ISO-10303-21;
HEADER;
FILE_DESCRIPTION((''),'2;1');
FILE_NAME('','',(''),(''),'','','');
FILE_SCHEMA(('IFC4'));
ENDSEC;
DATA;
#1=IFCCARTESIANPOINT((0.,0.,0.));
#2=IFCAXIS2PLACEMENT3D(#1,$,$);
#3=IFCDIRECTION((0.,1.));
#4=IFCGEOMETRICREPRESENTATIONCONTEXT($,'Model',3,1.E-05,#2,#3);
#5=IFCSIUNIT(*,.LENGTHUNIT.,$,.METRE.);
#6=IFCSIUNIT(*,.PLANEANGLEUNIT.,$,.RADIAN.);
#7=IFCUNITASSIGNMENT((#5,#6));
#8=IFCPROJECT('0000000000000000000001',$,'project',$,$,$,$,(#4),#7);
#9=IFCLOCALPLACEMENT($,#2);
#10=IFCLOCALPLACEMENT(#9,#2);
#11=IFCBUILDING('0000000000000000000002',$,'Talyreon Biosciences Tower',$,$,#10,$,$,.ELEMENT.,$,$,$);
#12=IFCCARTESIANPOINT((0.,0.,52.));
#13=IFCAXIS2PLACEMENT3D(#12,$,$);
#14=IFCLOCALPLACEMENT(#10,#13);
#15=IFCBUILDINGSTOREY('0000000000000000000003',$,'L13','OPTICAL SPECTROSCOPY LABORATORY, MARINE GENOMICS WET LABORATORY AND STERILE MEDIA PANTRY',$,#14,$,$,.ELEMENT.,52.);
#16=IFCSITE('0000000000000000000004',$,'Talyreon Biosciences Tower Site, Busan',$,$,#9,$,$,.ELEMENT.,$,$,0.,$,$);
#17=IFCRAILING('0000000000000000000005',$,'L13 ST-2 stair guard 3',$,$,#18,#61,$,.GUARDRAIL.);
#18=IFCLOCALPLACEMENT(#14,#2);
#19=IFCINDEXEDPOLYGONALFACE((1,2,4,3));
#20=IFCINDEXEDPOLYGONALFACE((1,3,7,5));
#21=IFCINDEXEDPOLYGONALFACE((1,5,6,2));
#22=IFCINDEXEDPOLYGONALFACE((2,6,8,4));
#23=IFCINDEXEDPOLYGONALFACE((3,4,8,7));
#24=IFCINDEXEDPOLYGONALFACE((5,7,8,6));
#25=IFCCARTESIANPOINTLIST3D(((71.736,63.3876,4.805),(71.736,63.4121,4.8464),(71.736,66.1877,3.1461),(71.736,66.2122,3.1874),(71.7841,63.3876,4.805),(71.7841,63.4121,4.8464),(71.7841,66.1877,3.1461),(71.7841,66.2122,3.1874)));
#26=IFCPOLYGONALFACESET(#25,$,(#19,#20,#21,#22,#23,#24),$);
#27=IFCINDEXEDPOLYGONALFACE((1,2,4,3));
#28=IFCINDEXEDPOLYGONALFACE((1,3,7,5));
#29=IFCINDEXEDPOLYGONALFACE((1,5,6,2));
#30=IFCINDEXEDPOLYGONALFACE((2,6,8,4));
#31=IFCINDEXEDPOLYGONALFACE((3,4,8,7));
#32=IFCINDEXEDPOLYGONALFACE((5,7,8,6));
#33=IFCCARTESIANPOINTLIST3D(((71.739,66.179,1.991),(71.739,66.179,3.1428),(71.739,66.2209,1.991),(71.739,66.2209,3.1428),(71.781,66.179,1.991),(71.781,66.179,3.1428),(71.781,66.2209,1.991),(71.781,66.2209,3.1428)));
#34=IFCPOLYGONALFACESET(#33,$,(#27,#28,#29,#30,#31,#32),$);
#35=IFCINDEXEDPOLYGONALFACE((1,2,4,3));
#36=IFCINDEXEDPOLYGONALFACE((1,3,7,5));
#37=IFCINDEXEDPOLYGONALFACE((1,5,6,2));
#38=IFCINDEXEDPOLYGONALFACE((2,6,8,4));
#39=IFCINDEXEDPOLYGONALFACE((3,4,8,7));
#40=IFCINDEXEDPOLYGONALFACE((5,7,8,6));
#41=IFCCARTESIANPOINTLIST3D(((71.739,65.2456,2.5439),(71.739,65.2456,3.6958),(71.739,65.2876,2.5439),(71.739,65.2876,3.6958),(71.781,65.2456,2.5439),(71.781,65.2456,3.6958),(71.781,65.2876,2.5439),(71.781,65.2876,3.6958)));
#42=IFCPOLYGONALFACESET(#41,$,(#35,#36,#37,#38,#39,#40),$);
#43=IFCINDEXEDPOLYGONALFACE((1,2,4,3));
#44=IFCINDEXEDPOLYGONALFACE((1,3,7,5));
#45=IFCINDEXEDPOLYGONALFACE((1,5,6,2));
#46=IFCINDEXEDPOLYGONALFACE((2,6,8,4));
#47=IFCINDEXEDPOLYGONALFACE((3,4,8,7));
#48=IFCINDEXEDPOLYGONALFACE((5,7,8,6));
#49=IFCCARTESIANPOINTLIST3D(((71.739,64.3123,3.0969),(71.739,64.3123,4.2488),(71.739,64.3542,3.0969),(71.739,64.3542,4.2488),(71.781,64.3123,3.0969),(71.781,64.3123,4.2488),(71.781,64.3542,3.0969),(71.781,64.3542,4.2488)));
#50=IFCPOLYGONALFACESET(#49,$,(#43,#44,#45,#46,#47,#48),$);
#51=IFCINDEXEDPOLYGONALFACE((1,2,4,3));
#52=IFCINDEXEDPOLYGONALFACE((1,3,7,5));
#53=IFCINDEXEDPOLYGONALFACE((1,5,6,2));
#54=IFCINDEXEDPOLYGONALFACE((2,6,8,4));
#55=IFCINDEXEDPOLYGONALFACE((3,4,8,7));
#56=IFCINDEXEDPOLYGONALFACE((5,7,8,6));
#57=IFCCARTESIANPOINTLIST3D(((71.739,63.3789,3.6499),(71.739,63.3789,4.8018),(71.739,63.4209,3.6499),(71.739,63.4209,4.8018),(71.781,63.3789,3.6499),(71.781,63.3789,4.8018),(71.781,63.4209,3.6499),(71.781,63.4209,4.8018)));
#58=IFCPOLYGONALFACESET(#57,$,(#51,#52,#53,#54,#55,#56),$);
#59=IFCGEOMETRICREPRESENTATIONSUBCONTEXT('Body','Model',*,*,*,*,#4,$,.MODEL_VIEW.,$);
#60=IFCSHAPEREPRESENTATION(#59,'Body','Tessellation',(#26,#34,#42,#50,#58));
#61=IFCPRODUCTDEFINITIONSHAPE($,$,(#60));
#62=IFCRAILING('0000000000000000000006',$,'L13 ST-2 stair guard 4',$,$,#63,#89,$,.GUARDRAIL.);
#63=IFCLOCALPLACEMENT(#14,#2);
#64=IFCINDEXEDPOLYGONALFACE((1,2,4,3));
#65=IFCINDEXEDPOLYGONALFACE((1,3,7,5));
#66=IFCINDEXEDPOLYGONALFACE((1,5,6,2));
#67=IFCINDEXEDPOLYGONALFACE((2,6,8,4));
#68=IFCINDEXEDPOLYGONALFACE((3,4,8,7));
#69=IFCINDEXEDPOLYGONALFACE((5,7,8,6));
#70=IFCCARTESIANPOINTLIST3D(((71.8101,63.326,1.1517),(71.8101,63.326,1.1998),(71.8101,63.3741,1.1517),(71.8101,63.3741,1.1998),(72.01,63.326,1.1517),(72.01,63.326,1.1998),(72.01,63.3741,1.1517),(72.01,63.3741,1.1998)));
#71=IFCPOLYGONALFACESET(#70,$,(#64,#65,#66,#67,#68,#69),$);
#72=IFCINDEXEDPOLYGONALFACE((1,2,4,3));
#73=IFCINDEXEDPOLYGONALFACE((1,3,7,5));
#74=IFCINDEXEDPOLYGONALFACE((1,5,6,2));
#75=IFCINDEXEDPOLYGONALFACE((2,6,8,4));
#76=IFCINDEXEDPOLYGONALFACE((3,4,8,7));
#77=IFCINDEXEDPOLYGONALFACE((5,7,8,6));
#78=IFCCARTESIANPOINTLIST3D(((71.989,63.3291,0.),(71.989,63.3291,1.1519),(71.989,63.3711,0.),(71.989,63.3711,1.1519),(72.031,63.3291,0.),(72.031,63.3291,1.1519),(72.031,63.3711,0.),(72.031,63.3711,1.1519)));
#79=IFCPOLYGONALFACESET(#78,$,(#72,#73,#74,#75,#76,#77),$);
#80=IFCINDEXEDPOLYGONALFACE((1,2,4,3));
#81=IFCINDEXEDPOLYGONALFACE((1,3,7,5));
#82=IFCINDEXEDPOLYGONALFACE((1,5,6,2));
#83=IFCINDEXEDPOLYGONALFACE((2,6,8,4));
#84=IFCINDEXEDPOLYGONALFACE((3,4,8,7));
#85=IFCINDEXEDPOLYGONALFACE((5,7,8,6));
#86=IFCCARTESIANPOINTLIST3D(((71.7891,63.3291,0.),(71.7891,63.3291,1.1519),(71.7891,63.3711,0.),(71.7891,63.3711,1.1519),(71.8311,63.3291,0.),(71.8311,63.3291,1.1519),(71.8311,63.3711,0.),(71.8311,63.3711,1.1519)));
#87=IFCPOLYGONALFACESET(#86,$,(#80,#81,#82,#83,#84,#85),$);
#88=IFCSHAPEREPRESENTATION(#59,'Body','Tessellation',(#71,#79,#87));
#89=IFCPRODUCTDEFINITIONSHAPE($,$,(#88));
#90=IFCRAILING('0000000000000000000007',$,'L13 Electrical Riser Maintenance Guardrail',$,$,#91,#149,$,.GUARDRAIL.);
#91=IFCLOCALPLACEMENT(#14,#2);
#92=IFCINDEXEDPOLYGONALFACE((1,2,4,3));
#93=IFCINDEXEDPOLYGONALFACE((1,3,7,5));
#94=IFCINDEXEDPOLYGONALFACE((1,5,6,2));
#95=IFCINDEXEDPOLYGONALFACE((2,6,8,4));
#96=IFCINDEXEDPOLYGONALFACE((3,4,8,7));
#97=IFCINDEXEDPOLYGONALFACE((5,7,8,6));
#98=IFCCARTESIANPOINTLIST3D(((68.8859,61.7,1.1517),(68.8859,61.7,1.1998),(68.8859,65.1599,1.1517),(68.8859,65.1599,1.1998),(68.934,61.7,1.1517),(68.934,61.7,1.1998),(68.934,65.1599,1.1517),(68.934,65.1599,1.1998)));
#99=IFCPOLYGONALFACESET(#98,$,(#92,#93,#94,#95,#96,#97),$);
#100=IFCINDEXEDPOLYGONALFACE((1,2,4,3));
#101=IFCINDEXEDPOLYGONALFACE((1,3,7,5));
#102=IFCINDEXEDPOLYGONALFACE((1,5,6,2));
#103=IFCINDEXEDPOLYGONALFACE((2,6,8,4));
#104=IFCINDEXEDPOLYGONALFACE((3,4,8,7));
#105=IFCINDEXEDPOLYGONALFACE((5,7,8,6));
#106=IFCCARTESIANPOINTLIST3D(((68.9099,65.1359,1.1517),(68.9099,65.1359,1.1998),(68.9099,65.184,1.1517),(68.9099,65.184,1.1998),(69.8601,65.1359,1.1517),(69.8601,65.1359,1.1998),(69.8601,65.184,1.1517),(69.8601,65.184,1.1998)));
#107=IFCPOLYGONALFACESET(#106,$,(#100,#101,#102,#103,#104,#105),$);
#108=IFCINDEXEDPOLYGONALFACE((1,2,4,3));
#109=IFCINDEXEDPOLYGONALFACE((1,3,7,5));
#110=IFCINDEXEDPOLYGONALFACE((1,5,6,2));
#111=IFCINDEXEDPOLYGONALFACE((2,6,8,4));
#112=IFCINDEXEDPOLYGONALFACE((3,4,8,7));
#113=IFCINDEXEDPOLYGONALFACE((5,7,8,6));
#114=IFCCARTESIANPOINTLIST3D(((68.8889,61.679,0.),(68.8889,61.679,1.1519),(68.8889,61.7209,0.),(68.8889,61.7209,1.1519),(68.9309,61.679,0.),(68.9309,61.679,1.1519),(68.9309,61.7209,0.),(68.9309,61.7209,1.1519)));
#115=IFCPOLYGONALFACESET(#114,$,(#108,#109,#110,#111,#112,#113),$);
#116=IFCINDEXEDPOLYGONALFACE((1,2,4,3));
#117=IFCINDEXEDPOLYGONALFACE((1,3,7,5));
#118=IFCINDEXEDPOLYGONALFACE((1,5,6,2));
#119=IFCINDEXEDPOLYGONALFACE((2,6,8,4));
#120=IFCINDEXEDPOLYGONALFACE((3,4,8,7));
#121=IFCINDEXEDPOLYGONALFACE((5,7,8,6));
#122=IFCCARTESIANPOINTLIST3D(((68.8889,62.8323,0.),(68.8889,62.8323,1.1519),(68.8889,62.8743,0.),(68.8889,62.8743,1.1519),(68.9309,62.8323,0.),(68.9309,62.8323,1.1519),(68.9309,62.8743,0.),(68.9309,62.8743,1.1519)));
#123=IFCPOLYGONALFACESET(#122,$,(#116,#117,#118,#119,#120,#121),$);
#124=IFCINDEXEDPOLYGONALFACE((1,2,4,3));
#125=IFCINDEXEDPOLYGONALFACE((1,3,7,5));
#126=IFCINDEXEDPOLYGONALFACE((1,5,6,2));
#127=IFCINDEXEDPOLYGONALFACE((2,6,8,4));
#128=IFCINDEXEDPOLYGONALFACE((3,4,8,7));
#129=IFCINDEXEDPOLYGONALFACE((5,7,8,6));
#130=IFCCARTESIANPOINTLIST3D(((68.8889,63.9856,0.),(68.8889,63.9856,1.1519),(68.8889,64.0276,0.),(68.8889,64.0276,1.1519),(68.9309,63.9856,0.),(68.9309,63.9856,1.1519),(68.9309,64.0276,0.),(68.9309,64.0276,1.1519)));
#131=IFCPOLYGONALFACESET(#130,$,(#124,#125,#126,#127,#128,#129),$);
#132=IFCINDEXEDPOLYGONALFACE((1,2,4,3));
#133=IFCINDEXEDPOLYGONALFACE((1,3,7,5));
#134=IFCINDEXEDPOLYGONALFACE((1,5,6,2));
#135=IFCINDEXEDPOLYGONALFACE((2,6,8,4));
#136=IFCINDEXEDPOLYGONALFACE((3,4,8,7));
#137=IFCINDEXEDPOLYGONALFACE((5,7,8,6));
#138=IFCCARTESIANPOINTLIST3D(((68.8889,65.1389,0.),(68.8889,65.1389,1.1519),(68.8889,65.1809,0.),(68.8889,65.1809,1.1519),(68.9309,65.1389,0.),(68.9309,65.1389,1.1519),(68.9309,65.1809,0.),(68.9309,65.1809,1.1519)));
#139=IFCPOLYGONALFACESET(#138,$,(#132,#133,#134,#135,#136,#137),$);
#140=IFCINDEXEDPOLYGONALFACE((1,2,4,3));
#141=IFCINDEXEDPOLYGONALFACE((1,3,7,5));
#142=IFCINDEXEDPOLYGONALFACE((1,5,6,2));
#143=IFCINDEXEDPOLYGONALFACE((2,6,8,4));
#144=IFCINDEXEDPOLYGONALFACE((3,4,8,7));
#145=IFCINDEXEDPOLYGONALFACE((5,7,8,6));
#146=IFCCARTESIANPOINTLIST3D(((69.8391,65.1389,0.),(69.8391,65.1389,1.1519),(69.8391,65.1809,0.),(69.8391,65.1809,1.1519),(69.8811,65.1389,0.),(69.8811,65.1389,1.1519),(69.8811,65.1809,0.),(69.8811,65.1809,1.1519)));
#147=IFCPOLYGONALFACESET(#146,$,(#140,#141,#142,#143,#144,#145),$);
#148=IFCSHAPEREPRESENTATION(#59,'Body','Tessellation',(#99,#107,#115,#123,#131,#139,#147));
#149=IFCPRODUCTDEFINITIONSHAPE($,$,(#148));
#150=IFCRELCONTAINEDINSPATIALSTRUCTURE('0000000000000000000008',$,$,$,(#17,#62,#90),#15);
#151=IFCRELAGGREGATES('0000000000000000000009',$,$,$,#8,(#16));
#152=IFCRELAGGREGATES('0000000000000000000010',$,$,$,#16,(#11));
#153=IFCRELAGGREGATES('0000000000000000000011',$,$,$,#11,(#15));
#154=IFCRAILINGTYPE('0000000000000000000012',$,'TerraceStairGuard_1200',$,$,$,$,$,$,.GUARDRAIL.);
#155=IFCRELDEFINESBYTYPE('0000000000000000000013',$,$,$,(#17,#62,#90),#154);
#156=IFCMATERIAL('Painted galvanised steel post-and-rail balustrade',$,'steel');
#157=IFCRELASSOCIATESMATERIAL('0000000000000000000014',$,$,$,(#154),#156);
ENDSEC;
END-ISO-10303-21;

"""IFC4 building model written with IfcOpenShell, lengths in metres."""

from ifc_helpers import new_model, si_unit, direction, frame, origin, origin_2d, place, context, subcontext, project, spatial, rectangle, extrude, material, type_object, element, save


model = new_model("IFC4")

# Units and contexts
model_context = context("Model", 3, precision=1e-05, world=origin(), true_north=direction((0.0, 1.0)))
body_context = subcontext(model_context, "Body", "Model", "MODEL_VIEW")
ifc_project = project(units=[si_unit("LENGTHUNIT", "METRE"), si_unit("PLANEANGLEUNIT", "RADIAN")], contexts=[model_context])

# Site, building, storey
site_placement = place(None, origin())
site = spatial("IfcSite", under=ifc_project, at=site_placement, Name="Talyreon Biosciences Tower Site, Busan", CompositionType="ELEMENT", RefElevation=0.0)
building_placement = place(site_placement, origin())
building = spatial("IfcBuilding", under=site, at=building_placement, Name="Talyreon Biosciences Tower", CompositionType="ELEMENT")
storey_placement = place(building_placement, frame((0.0, 0.0, 52.0)))
storey = spatial("IfcBuildingStorey", under=building, at=storey_placement, Name="L13", Description="OPTICAL SPECTROSCOPY LABORATORY, MARINE GENOMICS WET LABORATORY AND STERILE MEDIA PANTRY", CompositionType="ELEMENT", Elevation=52.0)

# Railings
ifc_material_1 = material(Name="Painted galvanised steel post-and-rail balustrade", Category="steel")
railing_type_1 = type_object("IfcRailingType", Name="TerraceStairGuard_1200", PredefinedType="GUARDRAIL", material=ifc_material_1)
railing_1_placement = place(storey_placement, frame((71.76, 66.2, 1.991)))
element("IfcRailing", 1, at=railing_1_placement, inside=storey, type_object=railing_type_1, Name="L13 ST-2 stair guard 3", PredefinedType="GUARDRAIL", context=body_context, shape_type="SweptSolid", body=[
    extrude(rectangle(XDim=0.0481, YDim=0.0481, at=origin_2d()), frame((0.0, 0.0, 1.1758), z_axis=(0.0, -0.860339, 0.509722), x_axis=(1.0, 0.0, 0.0)), (0.0, 0.0, 1.0), 3.2546),
    extrude(rectangle(XDim=0.042, YDim=0.042, at=origin_2d()), origin(), (0.0, 0.0, 1.0), 1.1519),
    extrude(rectangle(XDim=0.042, YDim=0.042, at=origin_2d()), frame((0.0, -0.9333, 0.553)), (0.0, 0.0, 1.0), 1.1519),
    extrude(rectangle(XDim=0.042, YDim=0.042, at=origin_2d()), frame((0.0, -1.8667, 1.106)), (0.0, 0.0, 1.0), 1.1519),
    extrude(rectangle(XDim=0.042, YDim=0.042, at=origin_2d()), frame((0.0, -2.8, 1.6589)), (0.0, 0.0, 1.0), 1.1519),
])
railing_2_placement = place(storey_placement, frame((72.01, 63.3501, 0.0)))
element("IfcRailing", 2, at=railing_2_placement, inside=storey, type_object=railing_type_1, Name="L13 ST-2 stair guard 4", PredefinedType="GUARDRAIL", context=body_context, shape_type="SweptSolid", body=[
    extrude(rectangle(XDim=0.0481, YDim=0.0481, at=origin_2d()), frame((0.0, 0.0, 1.1758), z_axis=(-1.0, 0.0, 0.0), x_axis=(0.0, -1.0, 0.0)), (0.0, 0.0, 1.0), 0.2),
    extrude(rectangle(XDim=0.042, YDim=0.042, at=origin_2d()), origin(), (0.0, 0.0, 1.0), 1.1519),
    extrude(rectangle(XDim=0.042, YDim=0.042, at=origin_2d()), frame((-0.2, 0.0, 0.0)), (0.0, 0.0, 1.0), 1.1519),
])
railing_3_placement = place(storey_placement, frame((68.9099, 61.7, 0.0)))
element("IfcRailing", 3, at=railing_3_placement, inside=storey, type_object=railing_type_1, Name="L13 Electrical Riser Maintenance Guardrail", PredefinedType="GUARDRAIL", context=body_context, shape_type="SweptSolid", body=[
    extrude(rectangle(XDim=0.0481, YDim=0.0481, at=origin_2d()), frame((0.0, 0.0, 1.1758), z_axis=(0.0, 1.0, 0.0), x_axis=(-1.0, 0.0, 0.0)), (0.0, 0.0, 1.0), 3.46),
    extrude(rectangle(XDim=0.0481, YDim=0.0481, at=origin_2d()), frame((0.0, 3.46, 1.1758), z_axis=(1.0, 0.0, 0.0), x_axis=(0.0, 1.0, 0.0)), (0.0, 0.0, 1.0), 0.9502),
    extrude(rectangle(XDim=0.042, YDim=0.042, at=origin_2d()), origin(), (0.0, 0.0, 1.0), 1.1519),
    extrude(rectangle(XDim=0.042, YDim=0.042, at=origin_2d()), frame((0.0, 1.1533, 0.0)), (0.0, 0.0, 1.0), 1.1519),
    extrude(rectangle(XDim=0.042, YDim=0.042, at=origin_2d()), frame((0.0, 2.3066, 0.0)), (0.0, 0.0, 1.0), 1.1519),
    extrude(rectangle(XDim=0.042, YDim=0.042, at=origin_2d()), frame((0.0, 3.46, 0.0)), (0.0, 0.0, 1.0), 1.1519),
    extrude(rectangle(XDim=0.042, YDim=0.042, at=origin_2d()), frame((0.9502, 3.46, 0.0)), (0.0, 0.0, 1.0), 1.1519),
])

save(model, "model.ifc")
